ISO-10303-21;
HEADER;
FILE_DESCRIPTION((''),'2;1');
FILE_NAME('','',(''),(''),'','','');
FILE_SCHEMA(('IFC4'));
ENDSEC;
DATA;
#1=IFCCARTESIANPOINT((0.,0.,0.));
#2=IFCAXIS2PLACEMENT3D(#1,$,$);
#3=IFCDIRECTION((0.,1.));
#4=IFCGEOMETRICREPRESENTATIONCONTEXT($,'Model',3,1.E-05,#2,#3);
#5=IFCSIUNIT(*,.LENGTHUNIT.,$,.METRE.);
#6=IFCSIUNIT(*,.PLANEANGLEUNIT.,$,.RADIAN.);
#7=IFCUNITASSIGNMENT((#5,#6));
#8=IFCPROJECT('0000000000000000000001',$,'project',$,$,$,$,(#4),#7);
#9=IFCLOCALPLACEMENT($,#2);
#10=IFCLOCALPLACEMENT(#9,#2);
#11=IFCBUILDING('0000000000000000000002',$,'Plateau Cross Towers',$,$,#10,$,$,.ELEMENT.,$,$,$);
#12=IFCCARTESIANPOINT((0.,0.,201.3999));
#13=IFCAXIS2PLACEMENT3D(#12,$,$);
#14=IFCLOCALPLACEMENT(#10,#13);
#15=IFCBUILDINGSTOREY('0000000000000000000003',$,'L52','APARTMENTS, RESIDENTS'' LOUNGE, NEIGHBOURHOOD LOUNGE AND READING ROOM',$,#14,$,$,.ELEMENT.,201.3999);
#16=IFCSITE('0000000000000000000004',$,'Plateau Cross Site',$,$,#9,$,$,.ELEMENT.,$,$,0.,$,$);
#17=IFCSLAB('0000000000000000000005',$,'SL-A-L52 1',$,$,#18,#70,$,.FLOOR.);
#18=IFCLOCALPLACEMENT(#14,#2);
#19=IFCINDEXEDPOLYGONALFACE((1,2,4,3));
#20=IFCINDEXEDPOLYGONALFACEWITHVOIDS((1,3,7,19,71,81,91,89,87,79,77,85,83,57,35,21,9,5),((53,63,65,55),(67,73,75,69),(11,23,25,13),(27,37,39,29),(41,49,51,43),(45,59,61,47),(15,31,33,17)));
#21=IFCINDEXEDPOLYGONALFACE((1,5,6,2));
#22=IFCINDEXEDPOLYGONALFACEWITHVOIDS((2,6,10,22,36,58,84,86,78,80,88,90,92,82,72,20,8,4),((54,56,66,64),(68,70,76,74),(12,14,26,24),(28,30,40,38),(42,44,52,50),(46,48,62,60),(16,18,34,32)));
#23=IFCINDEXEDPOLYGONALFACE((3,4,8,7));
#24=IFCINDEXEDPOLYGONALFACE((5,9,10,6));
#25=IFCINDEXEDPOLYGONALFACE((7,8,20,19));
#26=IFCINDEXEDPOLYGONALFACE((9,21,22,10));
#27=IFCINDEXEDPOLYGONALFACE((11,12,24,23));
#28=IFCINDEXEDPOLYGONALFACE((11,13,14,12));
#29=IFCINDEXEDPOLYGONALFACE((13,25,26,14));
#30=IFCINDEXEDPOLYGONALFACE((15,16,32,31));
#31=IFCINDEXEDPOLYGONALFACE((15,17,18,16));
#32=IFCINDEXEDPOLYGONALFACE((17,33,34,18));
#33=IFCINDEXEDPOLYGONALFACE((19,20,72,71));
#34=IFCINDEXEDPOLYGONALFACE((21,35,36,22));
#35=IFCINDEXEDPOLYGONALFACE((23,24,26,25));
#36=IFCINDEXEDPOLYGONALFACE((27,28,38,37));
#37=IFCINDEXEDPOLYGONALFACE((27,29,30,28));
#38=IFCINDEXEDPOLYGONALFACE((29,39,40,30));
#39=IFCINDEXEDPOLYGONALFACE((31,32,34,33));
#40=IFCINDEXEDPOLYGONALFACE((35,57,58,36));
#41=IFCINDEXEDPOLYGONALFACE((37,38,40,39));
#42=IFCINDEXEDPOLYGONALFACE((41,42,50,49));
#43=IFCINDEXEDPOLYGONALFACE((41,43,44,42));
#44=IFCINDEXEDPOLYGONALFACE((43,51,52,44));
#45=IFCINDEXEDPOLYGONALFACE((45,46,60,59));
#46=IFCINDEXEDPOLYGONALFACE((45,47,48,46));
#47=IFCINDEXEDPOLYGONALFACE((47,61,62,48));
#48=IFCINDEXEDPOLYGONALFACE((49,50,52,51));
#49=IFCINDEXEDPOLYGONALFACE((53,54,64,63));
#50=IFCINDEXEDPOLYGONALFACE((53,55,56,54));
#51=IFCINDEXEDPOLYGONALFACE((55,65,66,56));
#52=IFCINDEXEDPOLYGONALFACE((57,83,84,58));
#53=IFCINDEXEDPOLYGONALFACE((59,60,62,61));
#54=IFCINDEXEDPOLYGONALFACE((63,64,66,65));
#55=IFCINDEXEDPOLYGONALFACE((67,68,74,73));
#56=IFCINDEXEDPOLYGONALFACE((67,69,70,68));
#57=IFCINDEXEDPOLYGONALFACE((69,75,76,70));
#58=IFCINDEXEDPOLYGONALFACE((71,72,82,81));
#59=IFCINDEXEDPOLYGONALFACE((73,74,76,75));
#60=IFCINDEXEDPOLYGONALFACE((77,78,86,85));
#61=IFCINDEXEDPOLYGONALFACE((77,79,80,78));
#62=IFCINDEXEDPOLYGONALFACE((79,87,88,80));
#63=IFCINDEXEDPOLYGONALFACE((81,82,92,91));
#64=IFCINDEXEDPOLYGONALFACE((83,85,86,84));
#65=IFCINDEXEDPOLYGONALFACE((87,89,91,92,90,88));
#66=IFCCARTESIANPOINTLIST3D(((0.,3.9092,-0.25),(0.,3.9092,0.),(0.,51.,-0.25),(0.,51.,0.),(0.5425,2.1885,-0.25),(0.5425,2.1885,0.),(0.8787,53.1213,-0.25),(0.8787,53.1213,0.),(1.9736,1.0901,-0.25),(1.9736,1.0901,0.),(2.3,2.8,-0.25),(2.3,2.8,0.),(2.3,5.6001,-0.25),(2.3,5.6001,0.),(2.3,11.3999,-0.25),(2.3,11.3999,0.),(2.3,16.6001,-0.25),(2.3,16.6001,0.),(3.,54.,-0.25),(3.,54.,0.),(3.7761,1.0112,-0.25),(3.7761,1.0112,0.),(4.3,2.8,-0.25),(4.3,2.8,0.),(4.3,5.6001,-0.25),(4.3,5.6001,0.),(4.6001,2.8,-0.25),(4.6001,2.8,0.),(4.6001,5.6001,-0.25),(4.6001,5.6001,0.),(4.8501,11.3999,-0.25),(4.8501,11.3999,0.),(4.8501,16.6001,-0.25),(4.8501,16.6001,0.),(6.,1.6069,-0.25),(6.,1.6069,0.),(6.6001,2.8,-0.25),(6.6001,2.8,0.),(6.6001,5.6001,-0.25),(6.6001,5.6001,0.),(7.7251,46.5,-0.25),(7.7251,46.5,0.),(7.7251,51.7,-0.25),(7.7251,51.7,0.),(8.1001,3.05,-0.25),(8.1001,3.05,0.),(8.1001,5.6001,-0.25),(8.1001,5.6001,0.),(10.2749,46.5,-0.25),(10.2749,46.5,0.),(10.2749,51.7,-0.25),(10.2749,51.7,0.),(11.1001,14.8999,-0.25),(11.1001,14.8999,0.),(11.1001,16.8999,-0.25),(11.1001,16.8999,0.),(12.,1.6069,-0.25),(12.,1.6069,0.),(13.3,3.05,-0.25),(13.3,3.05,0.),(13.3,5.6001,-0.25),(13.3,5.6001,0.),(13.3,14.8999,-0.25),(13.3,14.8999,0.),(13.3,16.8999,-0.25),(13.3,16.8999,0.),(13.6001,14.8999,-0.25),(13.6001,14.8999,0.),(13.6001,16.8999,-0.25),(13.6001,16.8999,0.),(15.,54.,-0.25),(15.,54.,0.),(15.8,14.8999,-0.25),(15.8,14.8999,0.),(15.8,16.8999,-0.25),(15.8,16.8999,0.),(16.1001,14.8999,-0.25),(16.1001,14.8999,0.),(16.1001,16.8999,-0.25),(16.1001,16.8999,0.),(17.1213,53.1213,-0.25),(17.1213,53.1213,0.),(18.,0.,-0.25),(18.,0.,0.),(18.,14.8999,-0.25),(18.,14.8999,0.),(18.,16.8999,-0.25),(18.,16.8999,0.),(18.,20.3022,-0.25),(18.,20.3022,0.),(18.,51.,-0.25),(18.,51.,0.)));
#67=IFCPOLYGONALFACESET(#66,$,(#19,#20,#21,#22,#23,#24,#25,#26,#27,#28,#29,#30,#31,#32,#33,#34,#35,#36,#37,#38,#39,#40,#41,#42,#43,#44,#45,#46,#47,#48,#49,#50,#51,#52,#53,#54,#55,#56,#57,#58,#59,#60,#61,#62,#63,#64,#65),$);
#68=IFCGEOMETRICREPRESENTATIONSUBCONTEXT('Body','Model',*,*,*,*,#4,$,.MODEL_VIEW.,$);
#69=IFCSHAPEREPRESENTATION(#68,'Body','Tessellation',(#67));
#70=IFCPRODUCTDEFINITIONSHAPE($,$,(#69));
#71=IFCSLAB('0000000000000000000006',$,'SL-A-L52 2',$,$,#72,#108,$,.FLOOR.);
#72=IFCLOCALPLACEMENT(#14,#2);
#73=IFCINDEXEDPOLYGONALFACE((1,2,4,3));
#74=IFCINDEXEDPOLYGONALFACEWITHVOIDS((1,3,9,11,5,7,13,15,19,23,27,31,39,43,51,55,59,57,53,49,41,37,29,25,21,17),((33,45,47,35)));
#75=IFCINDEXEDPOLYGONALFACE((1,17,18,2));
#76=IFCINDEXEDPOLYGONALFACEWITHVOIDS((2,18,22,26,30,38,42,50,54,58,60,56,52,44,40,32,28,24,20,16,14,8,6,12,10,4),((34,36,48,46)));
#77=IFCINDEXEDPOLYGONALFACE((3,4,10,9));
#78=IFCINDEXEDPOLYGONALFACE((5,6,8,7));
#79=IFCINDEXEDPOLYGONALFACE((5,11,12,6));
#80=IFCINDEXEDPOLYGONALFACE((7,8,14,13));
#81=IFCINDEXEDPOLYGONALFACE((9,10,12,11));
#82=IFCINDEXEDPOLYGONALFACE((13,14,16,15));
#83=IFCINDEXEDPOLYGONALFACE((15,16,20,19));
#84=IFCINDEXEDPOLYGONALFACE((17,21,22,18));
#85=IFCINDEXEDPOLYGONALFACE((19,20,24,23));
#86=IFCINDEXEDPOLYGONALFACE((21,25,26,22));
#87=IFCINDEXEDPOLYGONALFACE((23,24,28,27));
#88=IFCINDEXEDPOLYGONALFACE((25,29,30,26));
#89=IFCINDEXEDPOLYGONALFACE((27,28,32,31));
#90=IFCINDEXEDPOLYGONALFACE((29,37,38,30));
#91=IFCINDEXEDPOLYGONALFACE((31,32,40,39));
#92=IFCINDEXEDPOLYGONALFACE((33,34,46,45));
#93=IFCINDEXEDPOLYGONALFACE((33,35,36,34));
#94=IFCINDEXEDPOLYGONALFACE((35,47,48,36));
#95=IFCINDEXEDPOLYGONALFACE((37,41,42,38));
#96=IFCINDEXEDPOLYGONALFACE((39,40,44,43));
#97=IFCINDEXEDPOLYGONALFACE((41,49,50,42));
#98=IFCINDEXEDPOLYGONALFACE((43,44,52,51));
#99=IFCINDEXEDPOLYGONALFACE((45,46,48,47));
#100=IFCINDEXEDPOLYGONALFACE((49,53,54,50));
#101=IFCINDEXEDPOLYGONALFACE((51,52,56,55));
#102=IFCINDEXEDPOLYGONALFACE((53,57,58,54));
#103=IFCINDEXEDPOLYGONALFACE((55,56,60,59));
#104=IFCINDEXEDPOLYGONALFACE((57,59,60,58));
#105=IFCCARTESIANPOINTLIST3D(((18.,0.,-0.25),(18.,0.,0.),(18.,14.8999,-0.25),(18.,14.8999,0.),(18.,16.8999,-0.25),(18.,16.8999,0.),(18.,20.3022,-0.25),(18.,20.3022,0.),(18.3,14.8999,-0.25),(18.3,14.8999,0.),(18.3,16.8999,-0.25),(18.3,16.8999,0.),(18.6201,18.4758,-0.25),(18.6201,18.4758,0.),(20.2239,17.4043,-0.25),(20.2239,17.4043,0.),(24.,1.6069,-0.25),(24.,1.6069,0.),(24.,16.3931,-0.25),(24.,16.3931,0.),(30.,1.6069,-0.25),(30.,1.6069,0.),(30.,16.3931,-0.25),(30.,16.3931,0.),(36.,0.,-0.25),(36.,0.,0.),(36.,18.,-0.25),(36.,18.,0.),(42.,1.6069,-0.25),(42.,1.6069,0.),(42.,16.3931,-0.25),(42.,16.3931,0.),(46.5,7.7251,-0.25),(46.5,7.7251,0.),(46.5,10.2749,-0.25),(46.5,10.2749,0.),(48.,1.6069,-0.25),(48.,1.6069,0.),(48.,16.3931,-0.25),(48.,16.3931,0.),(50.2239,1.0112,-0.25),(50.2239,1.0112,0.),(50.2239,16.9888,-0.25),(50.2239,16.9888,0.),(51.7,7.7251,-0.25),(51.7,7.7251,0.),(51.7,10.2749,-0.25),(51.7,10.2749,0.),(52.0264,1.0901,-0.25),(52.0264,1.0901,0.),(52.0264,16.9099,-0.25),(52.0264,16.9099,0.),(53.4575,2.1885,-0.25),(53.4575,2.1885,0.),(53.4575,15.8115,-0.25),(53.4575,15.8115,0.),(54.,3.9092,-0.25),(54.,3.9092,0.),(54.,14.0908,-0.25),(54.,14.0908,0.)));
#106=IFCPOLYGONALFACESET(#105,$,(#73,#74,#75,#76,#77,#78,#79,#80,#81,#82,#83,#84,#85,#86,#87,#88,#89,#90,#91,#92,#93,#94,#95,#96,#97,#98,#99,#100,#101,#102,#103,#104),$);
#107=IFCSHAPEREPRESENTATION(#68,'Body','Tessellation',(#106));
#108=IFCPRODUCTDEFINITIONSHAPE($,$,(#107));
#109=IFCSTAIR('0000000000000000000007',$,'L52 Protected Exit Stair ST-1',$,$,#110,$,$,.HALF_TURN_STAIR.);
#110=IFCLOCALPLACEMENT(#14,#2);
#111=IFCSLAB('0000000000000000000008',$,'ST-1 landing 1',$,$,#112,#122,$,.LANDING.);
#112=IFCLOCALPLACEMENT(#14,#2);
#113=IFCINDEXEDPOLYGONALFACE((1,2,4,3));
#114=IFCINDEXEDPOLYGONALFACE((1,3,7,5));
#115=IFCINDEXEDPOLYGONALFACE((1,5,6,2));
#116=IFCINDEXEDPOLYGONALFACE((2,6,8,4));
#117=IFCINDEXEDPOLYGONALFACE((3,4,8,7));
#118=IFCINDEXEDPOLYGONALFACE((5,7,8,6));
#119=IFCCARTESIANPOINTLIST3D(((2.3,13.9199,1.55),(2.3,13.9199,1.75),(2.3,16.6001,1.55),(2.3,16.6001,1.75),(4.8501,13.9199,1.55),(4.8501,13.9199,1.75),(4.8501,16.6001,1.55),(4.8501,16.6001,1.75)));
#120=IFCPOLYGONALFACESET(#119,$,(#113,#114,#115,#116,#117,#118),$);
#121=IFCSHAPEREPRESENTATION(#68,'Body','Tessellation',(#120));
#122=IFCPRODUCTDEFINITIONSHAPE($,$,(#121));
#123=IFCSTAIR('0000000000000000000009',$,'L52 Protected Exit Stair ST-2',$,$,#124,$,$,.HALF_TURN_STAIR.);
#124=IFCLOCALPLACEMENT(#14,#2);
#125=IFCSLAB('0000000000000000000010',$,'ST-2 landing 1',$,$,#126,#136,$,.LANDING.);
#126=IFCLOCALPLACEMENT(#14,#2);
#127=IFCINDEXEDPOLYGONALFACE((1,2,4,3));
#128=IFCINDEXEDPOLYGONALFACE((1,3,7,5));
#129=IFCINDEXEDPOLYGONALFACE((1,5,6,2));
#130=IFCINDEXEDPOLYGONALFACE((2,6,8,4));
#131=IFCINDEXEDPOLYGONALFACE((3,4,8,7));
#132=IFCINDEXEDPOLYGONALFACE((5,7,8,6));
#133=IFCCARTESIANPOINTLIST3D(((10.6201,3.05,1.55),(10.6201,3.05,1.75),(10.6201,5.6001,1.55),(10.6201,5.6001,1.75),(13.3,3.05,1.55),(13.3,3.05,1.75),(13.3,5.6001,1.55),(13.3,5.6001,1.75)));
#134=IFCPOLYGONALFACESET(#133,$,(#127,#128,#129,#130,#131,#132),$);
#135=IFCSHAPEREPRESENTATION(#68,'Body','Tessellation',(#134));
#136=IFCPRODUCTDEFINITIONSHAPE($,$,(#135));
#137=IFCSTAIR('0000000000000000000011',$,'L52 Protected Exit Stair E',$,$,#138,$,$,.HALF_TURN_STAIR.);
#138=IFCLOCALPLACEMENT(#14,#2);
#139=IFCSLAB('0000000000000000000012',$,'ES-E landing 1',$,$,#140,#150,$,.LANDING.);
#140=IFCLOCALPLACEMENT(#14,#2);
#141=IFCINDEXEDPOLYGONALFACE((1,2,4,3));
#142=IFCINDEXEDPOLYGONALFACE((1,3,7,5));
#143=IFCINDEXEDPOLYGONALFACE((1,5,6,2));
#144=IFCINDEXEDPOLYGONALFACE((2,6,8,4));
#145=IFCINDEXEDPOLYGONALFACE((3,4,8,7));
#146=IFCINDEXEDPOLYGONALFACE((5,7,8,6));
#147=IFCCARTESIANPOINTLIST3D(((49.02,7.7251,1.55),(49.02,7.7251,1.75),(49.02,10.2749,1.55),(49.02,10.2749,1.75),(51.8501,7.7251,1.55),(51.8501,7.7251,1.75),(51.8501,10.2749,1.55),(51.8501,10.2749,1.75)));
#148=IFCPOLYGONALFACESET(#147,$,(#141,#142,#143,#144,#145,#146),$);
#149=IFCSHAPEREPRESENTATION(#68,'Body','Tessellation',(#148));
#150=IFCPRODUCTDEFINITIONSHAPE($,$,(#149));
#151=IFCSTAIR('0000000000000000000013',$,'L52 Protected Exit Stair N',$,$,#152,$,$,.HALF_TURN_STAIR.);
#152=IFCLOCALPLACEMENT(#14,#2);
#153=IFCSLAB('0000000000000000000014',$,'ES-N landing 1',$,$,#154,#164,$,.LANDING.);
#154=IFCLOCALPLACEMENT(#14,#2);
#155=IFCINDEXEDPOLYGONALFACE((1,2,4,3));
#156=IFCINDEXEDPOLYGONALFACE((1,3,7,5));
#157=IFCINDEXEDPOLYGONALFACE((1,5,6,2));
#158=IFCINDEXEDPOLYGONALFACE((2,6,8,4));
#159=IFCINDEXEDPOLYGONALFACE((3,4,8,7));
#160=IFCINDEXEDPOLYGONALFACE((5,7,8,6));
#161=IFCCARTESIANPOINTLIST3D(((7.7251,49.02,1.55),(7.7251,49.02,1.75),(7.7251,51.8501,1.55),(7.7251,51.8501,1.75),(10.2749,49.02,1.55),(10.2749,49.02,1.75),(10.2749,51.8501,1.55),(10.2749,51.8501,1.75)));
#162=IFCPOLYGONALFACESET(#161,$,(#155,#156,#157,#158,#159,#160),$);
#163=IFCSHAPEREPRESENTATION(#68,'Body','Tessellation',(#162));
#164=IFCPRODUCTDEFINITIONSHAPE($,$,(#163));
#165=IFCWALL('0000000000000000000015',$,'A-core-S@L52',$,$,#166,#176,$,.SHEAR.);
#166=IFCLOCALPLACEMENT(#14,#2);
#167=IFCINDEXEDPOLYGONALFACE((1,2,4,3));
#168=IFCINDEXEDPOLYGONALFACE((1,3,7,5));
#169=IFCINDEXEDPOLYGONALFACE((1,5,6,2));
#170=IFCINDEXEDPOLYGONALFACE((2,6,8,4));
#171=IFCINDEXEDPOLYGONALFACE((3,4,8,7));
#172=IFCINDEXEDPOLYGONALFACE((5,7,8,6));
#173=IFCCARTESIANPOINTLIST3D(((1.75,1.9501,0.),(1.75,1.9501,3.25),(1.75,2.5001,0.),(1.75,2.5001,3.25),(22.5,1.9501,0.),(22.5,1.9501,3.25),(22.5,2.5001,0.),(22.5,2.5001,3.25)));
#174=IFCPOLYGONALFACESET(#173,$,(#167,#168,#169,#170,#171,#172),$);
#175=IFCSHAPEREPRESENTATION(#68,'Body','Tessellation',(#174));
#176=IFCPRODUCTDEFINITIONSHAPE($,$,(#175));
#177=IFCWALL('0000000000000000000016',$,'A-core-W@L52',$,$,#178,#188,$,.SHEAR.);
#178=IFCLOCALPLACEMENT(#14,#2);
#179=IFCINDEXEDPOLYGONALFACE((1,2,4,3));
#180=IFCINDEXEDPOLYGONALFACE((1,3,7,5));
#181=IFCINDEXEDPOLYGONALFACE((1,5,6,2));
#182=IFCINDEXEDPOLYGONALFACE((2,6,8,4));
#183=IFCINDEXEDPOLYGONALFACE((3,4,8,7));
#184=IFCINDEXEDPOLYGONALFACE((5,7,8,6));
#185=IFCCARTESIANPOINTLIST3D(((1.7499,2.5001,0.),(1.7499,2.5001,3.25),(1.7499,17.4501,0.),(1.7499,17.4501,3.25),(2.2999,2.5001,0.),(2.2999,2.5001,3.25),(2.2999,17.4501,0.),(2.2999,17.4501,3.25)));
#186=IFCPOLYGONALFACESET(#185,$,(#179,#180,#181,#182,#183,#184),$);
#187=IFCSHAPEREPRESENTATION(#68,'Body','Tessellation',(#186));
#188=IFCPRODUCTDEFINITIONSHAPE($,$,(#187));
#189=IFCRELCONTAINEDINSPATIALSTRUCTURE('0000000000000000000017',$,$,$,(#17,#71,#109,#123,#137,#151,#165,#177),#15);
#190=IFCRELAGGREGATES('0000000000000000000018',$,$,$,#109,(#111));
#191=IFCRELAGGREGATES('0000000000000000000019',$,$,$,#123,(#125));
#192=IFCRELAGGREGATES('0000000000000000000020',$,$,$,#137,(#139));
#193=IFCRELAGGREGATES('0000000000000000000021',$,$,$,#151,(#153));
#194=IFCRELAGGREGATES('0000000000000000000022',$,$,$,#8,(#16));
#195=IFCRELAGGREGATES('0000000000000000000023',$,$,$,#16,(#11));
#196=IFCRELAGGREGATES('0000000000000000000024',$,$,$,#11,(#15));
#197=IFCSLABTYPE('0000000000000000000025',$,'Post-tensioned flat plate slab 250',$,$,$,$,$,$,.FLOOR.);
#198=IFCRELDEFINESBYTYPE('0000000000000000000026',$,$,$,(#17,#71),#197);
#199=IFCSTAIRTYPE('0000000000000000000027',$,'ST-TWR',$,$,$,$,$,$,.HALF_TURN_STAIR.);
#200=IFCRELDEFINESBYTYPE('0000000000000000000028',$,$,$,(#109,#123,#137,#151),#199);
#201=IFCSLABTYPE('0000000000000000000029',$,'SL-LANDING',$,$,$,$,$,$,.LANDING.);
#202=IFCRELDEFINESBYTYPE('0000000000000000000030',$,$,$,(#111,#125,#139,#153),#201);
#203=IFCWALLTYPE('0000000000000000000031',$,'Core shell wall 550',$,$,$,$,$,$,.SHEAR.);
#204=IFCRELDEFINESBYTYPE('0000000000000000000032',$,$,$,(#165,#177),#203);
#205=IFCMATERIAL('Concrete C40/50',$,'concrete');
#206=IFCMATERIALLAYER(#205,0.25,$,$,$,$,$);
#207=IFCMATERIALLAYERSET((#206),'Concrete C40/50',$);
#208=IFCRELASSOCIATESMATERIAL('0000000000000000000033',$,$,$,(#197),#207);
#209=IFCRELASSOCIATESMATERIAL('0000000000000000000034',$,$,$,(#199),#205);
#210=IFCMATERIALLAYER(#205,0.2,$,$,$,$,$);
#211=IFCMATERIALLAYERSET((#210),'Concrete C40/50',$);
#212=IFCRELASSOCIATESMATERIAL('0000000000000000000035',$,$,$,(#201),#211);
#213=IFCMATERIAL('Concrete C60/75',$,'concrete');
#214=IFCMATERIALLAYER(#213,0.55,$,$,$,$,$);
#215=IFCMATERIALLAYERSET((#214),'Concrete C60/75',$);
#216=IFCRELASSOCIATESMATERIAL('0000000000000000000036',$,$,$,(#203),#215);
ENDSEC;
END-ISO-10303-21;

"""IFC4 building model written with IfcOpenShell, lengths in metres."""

from ifc_helpers import new_model, si_unit, direction, frame, frame_2d, origin, place, context, subcontext, project, spatial, polyline, rectangle, outline, extrude, material, layer, layer_set, type_object, element, aggregate, save


model = new_model("IFC4")

# Units and contexts
model_context = context("Model", 3, precision=1e-05, world=origin(), true_north=direction((0.0, 1.0)))
body_context = subcontext(model_context, "Body", "Model", "MODEL_VIEW")
ifc_project = project(units=[si_unit("LENGTHUNIT", "METRE"), si_unit("PLANEANGLEUNIT", "RADIAN")], contexts=[model_context])

# Site, building, storey
site_placement = place(None, origin())
site = spatial("IfcSite", under=ifc_project, at=site_placement, Name="Plateau Cross Site", CompositionType="ELEMENT", RefElevation=0.0)
building_placement = place(site_placement, origin())
building = spatial("IfcBuilding", under=site, at=building_placement, Name="Plateau Cross Towers", CompositionType="ELEMENT")
storey_placement = place(building_placement, frame((0.0, 0.0, 201.3999)))
storey = spatial("IfcBuildingStorey", under=building, at=storey_placement, Name="L52", Description="APARTMENTS, RESIDENTS' LOUNGE, NEIGHBOURHOOD LOUNGE AND READING ROOM", CompositionType="ELEMENT", Elevation=201.3999)

# Shared definitions
ifc_material_1 = material(Name="Concrete C60/75", Category="concrete")

# Shared definitions
ifc_material_2 = material(Name="Concrete C40/50", Category="concrete")

# Slabs
ifc_layer_1 = layer(ifc_material_2, 0.25)
ifc_layer_set_1 = layer_set([ifc_layer_1], Name="Concrete C40/50")
slab_type_1 = type_object("IfcSlabType", Name="Post-tensioned flat plate slab 250", PredefinedType="FLOOR", material=ifc_layer_set_1)
slab_1_placement = place(storey_placement, frame((0.0, 0.0, -0.25)))
element("IfcSlab", 1, at=slab_1_placement, inside=storey, type_object=slab_type_1, Name="SL-A-L52 1", PredefinedType="FLOOR", context=body_context, shape_type="SweptSolid", body=[
    extrude(outline(polyline([(0.5425, 2.1885), (0.0, 3.9092), (0.0, 51.0), (0.8787, 53.1213), (3.0, 54.0), (15.0, 54.0), (17.1213, 53.1213), (18.0, 51.0), (18.0, 20.3022), (18.0, 16.8999), (16.1001, 16.8999), (16.1001, 14.8999), (18.0, 14.8999), (18.0, 0.0), (12.0, 1.6069), (6.0, 1.6069), (3.7761, 1.0112), (1.9736, 1.0901), (0.5425, 2.1885)]), holes=[polyline([(2.3, 5.6001), (2.3, 2.8), (4.3, 2.8), (4.3, 5.6001), (2.3, 5.6001)]), polyline([(4.6001, 5.6001), (4.6001, 2.8), (6.6001, 2.8), (6.6001, 5.6001), (4.6001, 5.6001)]), polyline([(8.1001, 5.6001), (8.1001, 3.05), (13.3, 3.05), (13.3, 5.6001), (8.1001, 5.6001)]), polyline([(2.3, 11.3999), (4.8501, 11.3999), (4.8501, 16.6001), (2.3, 16.6001), (2.3, 11.3999)]), polyline([(11.1001, 16.8999), (11.1001, 14.8999), (13.3, 14.8999), (13.3, 16.8999), (11.1001, 16.8999)]), polyline([(13.6001, 16.8999), (13.6001, 14.8999), (15.8, 14.8999), (15.8, 16.8999), (13.6001, 16.8999)]), polyline([(7.7251, 51.7), (7.7251, 46.5), (10.2749, 46.5), (10.2749, 51.7), (7.7251, 51.7)])]), origin(), (0.0, 0.0, 1.0), 0.25),
])
slab_2_placement = place(storey_placement, frame((0.0, 0.0, -0.25)))
element("IfcSlab", 2, at=slab_2_placement, inside=storey, type_object=slab_type_1, Name="SL-A-L52 2", PredefinedType="FLOOR", context=body_context, shape_type="SweptSolid", body=[
    extrude(outline(polyline([(18.6201, 18.4758), (20.2239, 17.4043), (24.0, 16.3931), (30.0, 16.3931), (36.0, 18.0), (42.0, 16.3931), (48.0, 16.3931), (50.2239, 16.9888), (52.0264, 16.9099), (53.4575, 15.8115), (54.0, 14.0908), (54.0, 3.9092), (53.4575, 2.1885), (52.0264, 1.0901), (50.2239, 1.0112), (48.0, 1.6069), (42.0, 1.6069), (36.0, 0.0), (30.0, 1.6069), (24.0, 1.6069), (18.0, 0.0), (18.0, 14.8999), (18.3, 14.8999), (18.3, 16.8999), (18.0, 16.8999), (18.0, 20.3022), (18.6201, 18.4758)]), holes=[polyline([(46.5, 10.2749), (46.5, 7.7251), (51.7, 7.7251), (51.7, 10.2749), (46.5, 10.2749)])]), origin(), (0.0, 0.0, 1.0), 0.25),
])

# Stairs, slabs
stair_type = type_object("IfcStairType", Name="ST-TWR", PredefinedType="HALF_TURN_STAIR", material=ifc_material_2)
stair_1_placement = place(storey_placement, origin())
stair_1 = element("IfcStair", 3, at=stair_1_placement, inside=storey, type_object=stair_type, Name="L52 Protected Exit Stair ST-1", PredefinedType="HALF_TURN_STAIR")
ifc_layer_2 = layer(ifc_material_2, 0.2)
ifc_layer_set_2 = layer_set([ifc_layer_2], Name="Concrete C40/50")
slab_type_2 = type_object("IfcSlabType", Name="SL-LANDING", PredefinedType="LANDING", material=ifc_layer_set_2)
slab_3_placement = place(storey_placement, frame((0.0, 0.0, 1.55)))
slab_3 = element("IfcSlab", 4, at=slab_3_placement, type_object=slab_type_2, Name="ST-1 landing 1", PredefinedType="LANDING", context=body_context, shape_type="SweptSolid", body=[
    extrude(outline(polyline([(4.8501, 13.9199), (4.8501, 16.6001), (2.3, 16.6001), (2.3, 13.9199), (4.8501, 13.9199)])), origin(), (0.0, 0.0, 1.0), 0.2),
])
aggregate(stair_1, [slab_3])
stair_2_placement = place(storey_placement, origin())
stair_2 = element("IfcStair", 5, at=stair_2_placement, inside=storey, type_object=stair_type, Name="L52 Protected Exit Stair ST-2", PredefinedType="HALF_TURN_STAIR")
slab_4_placement = place(storey_placement, frame((0.0, 0.0, 1.55)))
slab_4 = element("IfcSlab", 6, at=slab_4_placement, type_object=slab_type_2, Name="ST-2 landing 1", PredefinedType="LANDING", context=body_context, shape_type="SweptSolid", body=[
    extrude(outline(polyline([(10.6201, 3.05), (13.3, 3.05), (13.3, 5.6001), (10.6201, 5.6001), (10.6201, 3.05)])), origin(), (0.0, 0.0, 1.0), 0.2),
])
aggregate(stair_2, [slab_4])
stair_3_placement = place(storey_placement, origin())
stair_3 = element("IfcStair", 7, at=stair_3_placement, inside=storey, type_object=stair_type, Name="L52 Protected Exit Stair E", PredefinedType="HALF_TURN_STAIR")
slab_5_placement = place(storey_placement, frame((0.0, 0.0, 1.55)))
slab_5 = element("IfcSlab", 8, at=slab_5_placement, type_object=slab_type_2, Name="ES-E landing 1", PredefinedType="LANDING", context=body_context, shape_type="SweptSolid", body=[
    extrude(outline(polyline([(49.02, 7.7251), (51.8501, 7.7251), (51.8501, 10.2749), (49.02, 10.2749), (49.02, 7.7251)])), origin(), (0.0, 0.0, 1.0), 0.2),
])
aggregate(stair_3, [slab_5])
stair_4_placement = place(storey_placement, origin())
stair_4 = element("IfcStair", 9, at=stair_4_placement, inside=storey, type_object=stair_type, Name="L52 Protected Exit Stair N", PredefinedType="HALF_TURN_STAIR")
slab_6_placement = place(storey_placement, frame((0.0, 0.0, 1.55)))
slab_6 = element("IfcSlab", 10, at=slab_6_placement, type_object=slab_type_2, Name="ES-N landing 1", PredefinedType="LANDING", context=body_context, shape_type="SweptSolid", body=[
    extrude(outline(polyline([(10.2749, 49.02), (10.2749, 51.8501), (7.7251, 51.8501), (7.7251, 49.02), (10.2749, 49.02)])), origin(), (0.0, 0.0, 1.0), 0.2),
])
aggregate(stair_4, [slab_6])

# Walls
ifc_layer_3 = layer(ifc_material_1, 0.55)
ifc_layer_set_3 = layer_set([ifc_layer_3], Name="Concrete C60/75")
wall_type = type_object("IfcWallType", Name="Core shell wall 550", PredefinedType="SHEAR", material=ifc_layer_set_3)
wall_1_placement = place(storey_placement, frame((1.75, 2.2251, 0.0), z_axis=(0.0, 0.0, 1.0), x_axis=(1.0, 0.0, 0.0)))
element("IfcWall", 11, at=wall_1_placement, inside=storey, type_object=wall_type, Name="A-core-S@L52", PredefinedType="SHEAR", context=body_context, shape_type="SweptSolid", body=[
    extrude(rectangle(XDim=20.75, YDim=0.55, at=frame_2d((10.375, 0.0))), origin(), (0.0, 0.0, 1.0), 3.25),
])
wall_2_placement = place(storey_placement, frame((2.0249, 2.5, 0.0), z_axis=(0.0, 0.0, 1.0), x_axis=(0.0, 1.0, 0.0)))
element("IfcWall", 12, at=wall_2_placement, inside=storey, type_object=wall_type, Name="A-core-W@L52", PredefinedType="SHEAR", context=body_context, shape_type="SweptSolid", body=[
    extrude(rectangle(XDim=14.95, YDim=0.55, at=frame_2d((7.4751, 0.0))), origin(), (0.0, 0.0, 1.0), 3.25),
])

save(model, "model.ifc")
